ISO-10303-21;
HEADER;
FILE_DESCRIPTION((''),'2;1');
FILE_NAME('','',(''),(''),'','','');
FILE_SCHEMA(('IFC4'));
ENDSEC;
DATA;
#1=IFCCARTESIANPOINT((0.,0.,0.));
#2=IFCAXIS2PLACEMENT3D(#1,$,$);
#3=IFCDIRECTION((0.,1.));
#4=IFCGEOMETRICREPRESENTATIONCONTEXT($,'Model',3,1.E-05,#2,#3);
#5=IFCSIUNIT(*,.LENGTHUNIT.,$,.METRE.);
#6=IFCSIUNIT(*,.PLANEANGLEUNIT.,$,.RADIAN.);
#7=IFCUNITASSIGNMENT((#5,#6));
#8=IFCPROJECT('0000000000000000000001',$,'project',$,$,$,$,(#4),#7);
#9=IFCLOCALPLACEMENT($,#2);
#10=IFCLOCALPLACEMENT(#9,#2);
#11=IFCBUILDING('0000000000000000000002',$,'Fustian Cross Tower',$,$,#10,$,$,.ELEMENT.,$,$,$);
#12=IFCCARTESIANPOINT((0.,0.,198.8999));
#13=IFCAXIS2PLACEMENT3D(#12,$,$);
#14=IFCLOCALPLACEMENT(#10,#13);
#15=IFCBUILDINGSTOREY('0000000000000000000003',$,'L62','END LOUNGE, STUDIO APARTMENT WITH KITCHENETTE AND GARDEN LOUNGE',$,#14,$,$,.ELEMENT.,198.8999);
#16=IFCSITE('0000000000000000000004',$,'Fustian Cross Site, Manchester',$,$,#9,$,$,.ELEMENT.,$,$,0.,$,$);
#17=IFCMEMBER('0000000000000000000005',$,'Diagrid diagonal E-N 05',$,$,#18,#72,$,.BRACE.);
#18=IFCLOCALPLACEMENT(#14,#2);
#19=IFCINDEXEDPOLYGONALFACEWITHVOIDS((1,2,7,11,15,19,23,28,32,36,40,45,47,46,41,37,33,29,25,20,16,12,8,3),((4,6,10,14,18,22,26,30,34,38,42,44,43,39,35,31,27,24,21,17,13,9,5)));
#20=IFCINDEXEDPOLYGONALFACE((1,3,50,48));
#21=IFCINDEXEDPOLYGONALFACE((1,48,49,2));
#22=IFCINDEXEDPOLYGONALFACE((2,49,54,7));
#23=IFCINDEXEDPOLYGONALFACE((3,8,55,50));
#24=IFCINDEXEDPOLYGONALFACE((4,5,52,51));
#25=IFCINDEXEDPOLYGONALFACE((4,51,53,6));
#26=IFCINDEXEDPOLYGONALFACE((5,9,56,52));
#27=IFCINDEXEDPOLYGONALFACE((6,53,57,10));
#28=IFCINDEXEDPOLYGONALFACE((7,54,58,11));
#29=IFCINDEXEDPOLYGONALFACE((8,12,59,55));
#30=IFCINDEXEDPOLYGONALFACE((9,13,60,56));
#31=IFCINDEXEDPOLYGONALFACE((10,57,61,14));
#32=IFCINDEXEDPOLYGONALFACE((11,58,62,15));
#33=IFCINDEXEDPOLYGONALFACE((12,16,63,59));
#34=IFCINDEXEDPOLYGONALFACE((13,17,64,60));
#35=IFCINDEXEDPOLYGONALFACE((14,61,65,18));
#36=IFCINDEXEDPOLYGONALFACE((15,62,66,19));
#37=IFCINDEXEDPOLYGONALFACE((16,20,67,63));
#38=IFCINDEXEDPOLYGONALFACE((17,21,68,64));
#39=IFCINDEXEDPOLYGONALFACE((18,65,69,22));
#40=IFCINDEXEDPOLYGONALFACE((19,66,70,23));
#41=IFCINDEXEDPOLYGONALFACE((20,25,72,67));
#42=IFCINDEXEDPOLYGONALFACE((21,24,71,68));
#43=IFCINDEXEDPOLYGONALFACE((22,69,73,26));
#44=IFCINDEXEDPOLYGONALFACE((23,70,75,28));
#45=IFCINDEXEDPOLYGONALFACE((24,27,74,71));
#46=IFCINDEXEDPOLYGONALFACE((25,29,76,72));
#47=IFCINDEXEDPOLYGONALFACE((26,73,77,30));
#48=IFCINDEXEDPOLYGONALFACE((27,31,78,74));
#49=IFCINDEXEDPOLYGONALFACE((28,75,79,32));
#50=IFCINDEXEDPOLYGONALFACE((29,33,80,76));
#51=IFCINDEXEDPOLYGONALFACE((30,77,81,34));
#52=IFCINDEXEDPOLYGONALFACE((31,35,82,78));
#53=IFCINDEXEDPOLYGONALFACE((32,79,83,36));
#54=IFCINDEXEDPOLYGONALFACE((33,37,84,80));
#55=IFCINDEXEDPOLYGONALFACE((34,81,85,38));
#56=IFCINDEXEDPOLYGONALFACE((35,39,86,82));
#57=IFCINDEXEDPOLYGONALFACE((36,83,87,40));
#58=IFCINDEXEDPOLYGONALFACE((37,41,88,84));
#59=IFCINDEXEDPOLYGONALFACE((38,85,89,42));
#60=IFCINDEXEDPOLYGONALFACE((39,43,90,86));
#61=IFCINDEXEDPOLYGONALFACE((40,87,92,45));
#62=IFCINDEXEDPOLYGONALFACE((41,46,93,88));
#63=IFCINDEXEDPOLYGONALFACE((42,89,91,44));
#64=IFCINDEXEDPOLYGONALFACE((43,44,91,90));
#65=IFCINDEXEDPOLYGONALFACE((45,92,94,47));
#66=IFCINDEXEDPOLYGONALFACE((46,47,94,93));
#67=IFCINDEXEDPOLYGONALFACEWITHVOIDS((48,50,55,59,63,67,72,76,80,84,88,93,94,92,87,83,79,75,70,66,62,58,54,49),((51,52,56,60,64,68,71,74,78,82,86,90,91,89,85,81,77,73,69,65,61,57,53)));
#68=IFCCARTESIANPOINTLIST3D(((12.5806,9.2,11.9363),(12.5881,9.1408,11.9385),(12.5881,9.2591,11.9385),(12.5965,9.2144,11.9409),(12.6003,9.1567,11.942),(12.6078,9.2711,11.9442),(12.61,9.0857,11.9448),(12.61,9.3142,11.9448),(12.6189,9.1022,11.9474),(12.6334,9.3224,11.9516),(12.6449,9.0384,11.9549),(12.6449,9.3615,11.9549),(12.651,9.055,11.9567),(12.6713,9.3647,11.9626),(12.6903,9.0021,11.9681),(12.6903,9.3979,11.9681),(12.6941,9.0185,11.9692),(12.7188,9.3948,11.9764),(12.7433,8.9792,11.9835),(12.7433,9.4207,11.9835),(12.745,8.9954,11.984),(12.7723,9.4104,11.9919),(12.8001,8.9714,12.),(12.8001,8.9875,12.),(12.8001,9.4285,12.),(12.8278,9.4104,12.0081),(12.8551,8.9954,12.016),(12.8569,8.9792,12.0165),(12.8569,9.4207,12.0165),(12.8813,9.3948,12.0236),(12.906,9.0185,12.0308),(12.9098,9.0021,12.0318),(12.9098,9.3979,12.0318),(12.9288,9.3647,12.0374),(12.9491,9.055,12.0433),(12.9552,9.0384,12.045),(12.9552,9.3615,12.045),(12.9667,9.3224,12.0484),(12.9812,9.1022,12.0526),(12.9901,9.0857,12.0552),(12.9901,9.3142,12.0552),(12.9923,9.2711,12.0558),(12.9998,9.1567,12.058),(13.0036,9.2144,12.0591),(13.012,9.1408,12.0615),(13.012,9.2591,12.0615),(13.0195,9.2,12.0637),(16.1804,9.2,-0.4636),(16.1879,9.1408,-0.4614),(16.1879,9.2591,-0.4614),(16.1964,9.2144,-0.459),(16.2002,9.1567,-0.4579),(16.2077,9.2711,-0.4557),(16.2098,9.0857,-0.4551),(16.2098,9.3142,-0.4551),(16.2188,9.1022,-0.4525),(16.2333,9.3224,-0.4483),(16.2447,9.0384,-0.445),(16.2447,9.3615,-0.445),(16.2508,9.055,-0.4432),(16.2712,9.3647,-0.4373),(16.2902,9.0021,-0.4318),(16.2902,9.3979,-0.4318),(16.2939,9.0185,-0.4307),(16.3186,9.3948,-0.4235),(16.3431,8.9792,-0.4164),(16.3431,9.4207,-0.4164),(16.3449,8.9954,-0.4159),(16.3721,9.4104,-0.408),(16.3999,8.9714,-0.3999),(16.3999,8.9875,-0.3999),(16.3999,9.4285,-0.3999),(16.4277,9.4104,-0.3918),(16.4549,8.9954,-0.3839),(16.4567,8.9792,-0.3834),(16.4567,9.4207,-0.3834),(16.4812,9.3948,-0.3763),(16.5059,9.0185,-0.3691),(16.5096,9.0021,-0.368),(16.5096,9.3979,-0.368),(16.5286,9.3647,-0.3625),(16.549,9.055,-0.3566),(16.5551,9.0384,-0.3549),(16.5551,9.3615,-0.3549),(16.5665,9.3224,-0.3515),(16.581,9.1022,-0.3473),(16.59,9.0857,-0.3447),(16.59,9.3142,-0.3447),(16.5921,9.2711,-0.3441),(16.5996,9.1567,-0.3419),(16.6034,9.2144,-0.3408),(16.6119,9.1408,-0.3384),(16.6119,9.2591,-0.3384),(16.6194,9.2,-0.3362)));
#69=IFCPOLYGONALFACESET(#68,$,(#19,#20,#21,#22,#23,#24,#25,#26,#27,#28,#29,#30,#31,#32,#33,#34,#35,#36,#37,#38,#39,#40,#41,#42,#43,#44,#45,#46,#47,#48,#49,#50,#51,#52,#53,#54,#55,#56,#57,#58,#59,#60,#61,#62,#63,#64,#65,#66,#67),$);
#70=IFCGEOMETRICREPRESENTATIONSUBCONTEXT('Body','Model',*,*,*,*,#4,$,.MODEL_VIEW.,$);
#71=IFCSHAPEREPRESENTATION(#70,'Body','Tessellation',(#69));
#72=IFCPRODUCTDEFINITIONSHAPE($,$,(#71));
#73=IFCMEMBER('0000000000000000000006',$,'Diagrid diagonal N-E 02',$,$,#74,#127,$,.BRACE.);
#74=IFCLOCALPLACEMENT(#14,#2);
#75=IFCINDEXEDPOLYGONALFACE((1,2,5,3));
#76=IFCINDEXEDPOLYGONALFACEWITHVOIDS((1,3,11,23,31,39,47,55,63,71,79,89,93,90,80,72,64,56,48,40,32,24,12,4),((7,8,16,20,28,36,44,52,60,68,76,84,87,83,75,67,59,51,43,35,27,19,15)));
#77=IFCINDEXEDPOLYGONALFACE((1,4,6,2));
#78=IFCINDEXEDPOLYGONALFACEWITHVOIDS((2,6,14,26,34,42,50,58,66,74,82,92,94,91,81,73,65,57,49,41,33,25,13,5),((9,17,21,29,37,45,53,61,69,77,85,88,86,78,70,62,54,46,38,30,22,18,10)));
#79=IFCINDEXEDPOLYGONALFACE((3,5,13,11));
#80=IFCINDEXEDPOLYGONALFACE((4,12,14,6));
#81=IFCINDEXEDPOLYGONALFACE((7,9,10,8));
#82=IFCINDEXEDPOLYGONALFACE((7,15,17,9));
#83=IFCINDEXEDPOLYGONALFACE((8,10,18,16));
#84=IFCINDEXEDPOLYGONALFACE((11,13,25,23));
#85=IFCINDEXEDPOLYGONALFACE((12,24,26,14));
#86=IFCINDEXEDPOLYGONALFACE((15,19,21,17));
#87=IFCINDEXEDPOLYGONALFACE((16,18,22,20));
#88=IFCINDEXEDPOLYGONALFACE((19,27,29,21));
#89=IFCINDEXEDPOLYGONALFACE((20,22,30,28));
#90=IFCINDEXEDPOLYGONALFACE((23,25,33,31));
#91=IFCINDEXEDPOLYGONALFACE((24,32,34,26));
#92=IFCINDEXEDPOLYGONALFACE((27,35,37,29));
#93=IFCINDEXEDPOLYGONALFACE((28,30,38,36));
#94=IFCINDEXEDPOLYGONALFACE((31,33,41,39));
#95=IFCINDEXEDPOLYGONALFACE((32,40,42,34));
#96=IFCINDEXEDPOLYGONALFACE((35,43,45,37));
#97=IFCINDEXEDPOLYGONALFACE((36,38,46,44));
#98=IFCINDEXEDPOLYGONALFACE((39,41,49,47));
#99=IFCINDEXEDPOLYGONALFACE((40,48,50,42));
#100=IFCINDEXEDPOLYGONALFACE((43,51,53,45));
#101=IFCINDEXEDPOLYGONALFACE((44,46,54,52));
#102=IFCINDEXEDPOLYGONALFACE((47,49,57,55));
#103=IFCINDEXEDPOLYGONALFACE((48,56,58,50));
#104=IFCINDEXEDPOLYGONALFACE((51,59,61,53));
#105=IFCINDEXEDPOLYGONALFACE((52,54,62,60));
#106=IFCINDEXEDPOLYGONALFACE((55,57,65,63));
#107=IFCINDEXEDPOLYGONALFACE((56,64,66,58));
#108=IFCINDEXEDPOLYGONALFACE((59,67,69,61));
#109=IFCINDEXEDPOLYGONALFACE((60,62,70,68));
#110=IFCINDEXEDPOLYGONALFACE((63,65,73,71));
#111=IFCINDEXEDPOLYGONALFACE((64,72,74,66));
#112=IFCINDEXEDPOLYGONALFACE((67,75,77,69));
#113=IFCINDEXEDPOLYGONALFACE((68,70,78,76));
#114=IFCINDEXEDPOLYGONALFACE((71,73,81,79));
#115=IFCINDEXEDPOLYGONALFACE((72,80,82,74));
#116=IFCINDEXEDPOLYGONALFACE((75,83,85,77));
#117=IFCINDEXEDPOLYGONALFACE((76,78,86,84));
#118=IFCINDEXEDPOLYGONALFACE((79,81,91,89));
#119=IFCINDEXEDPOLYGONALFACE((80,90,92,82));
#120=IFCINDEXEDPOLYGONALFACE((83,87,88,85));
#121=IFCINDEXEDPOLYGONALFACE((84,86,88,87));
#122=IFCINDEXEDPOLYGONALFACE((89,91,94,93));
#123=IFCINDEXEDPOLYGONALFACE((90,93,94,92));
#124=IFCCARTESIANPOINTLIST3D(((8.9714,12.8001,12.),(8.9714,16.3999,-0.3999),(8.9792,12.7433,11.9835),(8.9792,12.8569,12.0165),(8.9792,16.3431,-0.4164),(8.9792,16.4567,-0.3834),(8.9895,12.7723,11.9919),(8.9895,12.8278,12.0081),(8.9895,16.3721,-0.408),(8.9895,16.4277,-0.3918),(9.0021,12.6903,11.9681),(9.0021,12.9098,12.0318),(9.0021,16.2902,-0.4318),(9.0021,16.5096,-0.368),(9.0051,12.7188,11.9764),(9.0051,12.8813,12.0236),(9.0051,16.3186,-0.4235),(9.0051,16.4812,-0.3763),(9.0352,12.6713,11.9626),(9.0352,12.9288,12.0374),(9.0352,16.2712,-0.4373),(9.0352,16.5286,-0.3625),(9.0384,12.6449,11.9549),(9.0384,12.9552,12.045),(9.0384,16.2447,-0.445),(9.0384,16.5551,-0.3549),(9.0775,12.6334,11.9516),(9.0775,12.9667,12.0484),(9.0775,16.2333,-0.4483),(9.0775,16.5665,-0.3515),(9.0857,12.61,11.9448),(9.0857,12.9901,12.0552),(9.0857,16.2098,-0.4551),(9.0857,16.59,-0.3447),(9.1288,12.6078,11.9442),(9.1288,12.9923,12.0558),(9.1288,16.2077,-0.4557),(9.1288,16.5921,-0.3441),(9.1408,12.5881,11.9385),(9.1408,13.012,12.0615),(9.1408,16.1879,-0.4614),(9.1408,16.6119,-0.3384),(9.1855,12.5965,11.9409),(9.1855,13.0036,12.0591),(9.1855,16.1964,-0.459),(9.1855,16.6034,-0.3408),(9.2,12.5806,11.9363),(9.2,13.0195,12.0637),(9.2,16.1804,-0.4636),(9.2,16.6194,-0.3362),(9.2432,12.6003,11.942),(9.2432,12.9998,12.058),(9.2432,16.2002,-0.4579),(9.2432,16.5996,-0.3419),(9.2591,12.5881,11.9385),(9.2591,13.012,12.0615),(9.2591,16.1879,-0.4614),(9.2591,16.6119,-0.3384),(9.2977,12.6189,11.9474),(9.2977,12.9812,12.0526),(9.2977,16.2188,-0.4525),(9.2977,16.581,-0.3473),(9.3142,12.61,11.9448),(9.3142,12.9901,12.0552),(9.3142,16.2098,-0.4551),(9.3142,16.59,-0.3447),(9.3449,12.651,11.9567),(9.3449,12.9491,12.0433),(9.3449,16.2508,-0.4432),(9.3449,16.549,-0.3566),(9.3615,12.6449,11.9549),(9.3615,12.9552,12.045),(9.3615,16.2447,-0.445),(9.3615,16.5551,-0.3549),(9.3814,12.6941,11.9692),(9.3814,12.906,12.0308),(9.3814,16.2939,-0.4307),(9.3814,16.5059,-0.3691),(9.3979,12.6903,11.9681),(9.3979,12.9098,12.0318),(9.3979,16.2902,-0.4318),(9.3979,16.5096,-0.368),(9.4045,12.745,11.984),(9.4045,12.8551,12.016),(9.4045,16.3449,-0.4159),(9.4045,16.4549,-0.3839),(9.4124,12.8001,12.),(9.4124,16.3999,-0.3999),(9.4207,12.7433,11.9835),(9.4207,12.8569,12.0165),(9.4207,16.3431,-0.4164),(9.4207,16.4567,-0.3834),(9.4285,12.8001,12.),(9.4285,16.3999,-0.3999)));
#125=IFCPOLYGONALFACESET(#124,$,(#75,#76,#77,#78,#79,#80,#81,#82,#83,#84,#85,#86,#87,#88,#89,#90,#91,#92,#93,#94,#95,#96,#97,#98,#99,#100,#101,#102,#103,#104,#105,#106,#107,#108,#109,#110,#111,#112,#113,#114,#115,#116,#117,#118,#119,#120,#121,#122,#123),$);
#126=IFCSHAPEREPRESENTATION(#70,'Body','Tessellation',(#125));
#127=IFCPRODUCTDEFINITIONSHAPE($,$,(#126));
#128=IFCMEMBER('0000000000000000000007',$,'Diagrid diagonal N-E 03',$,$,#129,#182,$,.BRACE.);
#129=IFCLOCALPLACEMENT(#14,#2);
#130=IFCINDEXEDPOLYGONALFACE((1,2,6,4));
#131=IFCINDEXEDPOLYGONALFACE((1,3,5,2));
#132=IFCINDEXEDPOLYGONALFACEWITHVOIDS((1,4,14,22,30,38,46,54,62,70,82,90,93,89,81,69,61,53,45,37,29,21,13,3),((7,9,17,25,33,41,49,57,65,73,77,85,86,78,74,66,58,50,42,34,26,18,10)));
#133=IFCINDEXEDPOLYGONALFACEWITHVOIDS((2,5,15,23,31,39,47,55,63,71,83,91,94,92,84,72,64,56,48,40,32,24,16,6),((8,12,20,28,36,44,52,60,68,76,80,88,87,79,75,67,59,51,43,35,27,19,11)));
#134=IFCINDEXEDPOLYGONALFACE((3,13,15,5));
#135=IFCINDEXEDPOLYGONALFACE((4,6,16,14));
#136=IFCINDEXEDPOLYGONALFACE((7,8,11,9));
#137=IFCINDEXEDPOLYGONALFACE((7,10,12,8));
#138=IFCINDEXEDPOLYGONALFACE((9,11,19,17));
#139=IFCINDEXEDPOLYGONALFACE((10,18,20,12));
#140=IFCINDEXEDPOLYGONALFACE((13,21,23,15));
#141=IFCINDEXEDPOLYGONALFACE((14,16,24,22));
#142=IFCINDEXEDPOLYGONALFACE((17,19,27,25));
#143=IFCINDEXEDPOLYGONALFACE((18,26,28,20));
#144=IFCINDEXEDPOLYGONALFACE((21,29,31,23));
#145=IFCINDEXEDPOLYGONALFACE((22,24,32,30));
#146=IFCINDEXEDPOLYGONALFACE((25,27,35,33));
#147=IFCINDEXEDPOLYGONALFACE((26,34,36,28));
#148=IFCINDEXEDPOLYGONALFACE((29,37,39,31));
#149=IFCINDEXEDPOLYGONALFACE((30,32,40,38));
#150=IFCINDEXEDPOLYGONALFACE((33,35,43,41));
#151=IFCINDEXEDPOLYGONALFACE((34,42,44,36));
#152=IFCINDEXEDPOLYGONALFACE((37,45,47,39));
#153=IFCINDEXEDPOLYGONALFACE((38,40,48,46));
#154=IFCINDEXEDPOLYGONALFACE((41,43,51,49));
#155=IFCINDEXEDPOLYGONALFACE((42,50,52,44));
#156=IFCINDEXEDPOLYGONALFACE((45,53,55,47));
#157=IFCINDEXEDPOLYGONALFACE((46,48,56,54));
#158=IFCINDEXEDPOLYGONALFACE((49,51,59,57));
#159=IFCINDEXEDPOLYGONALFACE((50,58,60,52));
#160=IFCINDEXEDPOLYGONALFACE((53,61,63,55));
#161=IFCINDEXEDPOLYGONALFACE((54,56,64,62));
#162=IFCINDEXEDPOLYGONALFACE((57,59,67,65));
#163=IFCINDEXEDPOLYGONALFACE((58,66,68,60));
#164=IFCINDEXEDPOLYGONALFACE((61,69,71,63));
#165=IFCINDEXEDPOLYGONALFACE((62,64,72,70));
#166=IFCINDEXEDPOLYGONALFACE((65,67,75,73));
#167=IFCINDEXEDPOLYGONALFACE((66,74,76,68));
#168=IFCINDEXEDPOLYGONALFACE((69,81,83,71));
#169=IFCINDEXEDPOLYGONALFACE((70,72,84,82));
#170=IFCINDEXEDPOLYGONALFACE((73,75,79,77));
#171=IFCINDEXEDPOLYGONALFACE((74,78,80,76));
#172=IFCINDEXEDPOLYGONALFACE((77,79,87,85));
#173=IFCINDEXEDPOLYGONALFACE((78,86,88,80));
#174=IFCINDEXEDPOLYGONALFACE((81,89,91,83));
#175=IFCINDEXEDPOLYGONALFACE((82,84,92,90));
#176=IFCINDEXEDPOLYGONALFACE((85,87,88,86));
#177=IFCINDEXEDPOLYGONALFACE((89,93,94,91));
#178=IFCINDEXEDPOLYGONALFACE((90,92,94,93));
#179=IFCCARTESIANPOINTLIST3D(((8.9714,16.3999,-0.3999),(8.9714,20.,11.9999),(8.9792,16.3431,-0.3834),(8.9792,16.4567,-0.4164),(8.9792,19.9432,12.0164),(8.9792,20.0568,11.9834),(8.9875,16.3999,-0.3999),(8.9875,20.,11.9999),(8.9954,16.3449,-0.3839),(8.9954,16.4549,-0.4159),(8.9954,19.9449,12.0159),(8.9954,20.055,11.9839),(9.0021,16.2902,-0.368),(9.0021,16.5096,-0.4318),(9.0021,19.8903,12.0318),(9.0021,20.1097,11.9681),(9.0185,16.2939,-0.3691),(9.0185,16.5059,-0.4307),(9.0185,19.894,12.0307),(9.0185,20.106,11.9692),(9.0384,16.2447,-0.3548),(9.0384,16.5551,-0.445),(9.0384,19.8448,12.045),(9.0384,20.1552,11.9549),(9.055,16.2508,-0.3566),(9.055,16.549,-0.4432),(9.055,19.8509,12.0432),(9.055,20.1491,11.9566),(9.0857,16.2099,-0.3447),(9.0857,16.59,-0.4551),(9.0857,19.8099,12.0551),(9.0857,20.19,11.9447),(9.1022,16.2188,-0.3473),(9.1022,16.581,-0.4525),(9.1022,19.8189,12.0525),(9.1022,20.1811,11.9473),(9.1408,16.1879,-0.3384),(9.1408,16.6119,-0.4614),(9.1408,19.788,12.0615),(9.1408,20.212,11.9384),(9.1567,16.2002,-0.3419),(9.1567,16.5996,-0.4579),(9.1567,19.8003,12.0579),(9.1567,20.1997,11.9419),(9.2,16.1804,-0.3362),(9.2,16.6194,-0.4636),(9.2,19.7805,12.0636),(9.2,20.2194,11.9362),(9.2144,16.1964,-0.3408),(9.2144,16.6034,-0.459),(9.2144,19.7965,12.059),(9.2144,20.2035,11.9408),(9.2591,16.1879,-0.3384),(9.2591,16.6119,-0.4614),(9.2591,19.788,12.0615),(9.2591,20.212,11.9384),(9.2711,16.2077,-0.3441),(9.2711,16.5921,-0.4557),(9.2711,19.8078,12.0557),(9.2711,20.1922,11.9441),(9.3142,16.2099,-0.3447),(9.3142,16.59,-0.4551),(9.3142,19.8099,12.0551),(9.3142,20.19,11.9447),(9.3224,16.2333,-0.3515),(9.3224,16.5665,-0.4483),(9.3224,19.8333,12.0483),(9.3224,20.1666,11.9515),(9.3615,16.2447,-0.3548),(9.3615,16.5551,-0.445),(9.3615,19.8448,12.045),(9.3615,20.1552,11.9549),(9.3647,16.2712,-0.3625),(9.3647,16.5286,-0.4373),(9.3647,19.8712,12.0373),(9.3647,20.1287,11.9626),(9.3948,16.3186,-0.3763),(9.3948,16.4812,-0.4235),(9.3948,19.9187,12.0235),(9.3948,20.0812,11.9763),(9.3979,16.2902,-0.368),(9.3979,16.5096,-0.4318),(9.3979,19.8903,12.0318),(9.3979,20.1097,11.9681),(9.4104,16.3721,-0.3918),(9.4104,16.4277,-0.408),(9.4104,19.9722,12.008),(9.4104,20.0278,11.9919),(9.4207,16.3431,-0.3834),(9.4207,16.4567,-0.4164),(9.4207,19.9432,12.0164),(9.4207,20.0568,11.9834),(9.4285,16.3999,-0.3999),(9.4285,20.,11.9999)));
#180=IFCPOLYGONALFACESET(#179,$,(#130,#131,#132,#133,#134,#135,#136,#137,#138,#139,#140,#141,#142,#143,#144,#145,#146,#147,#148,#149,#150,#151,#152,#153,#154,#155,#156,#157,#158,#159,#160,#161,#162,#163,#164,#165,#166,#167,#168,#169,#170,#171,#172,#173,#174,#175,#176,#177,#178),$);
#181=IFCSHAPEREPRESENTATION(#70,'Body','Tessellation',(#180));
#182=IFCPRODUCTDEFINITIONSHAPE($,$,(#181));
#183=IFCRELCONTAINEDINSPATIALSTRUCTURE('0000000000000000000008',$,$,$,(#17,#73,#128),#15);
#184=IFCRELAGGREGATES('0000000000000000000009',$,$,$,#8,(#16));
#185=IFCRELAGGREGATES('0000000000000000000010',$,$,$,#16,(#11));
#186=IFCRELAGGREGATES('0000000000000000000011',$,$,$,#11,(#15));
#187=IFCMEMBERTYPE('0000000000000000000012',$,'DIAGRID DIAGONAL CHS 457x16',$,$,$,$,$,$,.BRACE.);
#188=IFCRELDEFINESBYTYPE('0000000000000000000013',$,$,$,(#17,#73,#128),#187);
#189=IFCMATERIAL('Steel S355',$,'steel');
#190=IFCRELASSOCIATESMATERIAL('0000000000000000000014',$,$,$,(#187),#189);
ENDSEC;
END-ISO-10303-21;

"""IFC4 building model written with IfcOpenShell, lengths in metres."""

from ifc_helpers import new_model, si_unit, direction, frame, origin, origin_2d, place, context, subcontext, project, spatial, hollow_circle, extrude, material, material_profile, profile_set, type_object, element, save


model = new_model("IFC4")

# Units and contexts
model_context = context("Model", 3, precision=1e-05, world=origin(), true_north=direction((0.0, 1.0)))
body_context = subcontext(model_context, "Body", "Model", "MODEL_VIEW")
ifc_project = project(units=[si_unit("LENGTHUNIT", "METRE"), si_unit("PLANEANGLEUNIT", "RADIAN")], contexts=[model_context])

# Site, building, storey
site_placement = place(None, origin())
site = spatial("IfcSite", under=ifc_project, at=site_placement, Name="Fustian Cross Site, Manchester", CompositionType="ELEMENT", RefElevation=0.0)
building_placement = place(site_placement, origin())
building = spatial("IfcBuilding", under=site, at=building_placement, Name="Fustian Cross Tower", CompositionType="ELEMENT")
storey_placement = place(building_placement, frame((0.0, 0.0, 198.8999)))
storey = spatial("IfcBuildingStorey", under=building, at=storey_placement, Name="L62", Description="END LOUNGE, STUDIO APARTMENT WITH KITCHENETTE AND GARDEN LOUNGE", CompositionType="ELEMENT", Elevation=198.8999)

# Members
ifc_material_1 = material(Name="Steel S355", Category="steel")
ifc_material_profile_1 = material_profile(ifc_material_1, hollow_circle(Radius=0.2285, WallThickness=0.0161, at=origin_2d()), Name="CHS 457x16")
ifc_profile_set_1 = profile_set([ifc_material_profile_1], Name="Steel S355")
member_type_1 = type_object("IfcMemberType", Name="DIAGRID DIAGONAL CHS 457x16", PredefinedType="BRACE", material=ifc_profile_set_1)
for number, where, z_axis, x_axis, name in (
    (1, (16.3999, 9.2, -0.3999), (-0.278802, 0.0, 0.960349), (0.0, -1.0, 0.0), "Diagrid diagonal E-N 05"),
    (2, (9.2, 16.3999, -0.3999), (0.0, -0.278802, 0.960349), (1.0, 0.0, 0.0), "Diagrid diagonal N-E 02"),
    (3, (9.2, 16.3999, -0.3999), (0.0, 0.278819, 0.960344), (-1.0, 0.0, 0.0), "Diagrid diagonal N-E 03"),
):
    element("IfcMember", number, at=place(storey_placement, frame(where, z_axis=z_axis, x_axis=x_axis)), inside=storey, type_object=member_type_1, Name=name, PredefinedType="BRACE", context=body_context, shape_type="SweptSolid", body=[
        extrude(hollow_circle(Radius=0.2285, WallThickness=0.0161, at=origin_2d()), origin(), (0.0, 0.0, 1.0), 12.9119),
    ])

save(model, "model.ifc")
